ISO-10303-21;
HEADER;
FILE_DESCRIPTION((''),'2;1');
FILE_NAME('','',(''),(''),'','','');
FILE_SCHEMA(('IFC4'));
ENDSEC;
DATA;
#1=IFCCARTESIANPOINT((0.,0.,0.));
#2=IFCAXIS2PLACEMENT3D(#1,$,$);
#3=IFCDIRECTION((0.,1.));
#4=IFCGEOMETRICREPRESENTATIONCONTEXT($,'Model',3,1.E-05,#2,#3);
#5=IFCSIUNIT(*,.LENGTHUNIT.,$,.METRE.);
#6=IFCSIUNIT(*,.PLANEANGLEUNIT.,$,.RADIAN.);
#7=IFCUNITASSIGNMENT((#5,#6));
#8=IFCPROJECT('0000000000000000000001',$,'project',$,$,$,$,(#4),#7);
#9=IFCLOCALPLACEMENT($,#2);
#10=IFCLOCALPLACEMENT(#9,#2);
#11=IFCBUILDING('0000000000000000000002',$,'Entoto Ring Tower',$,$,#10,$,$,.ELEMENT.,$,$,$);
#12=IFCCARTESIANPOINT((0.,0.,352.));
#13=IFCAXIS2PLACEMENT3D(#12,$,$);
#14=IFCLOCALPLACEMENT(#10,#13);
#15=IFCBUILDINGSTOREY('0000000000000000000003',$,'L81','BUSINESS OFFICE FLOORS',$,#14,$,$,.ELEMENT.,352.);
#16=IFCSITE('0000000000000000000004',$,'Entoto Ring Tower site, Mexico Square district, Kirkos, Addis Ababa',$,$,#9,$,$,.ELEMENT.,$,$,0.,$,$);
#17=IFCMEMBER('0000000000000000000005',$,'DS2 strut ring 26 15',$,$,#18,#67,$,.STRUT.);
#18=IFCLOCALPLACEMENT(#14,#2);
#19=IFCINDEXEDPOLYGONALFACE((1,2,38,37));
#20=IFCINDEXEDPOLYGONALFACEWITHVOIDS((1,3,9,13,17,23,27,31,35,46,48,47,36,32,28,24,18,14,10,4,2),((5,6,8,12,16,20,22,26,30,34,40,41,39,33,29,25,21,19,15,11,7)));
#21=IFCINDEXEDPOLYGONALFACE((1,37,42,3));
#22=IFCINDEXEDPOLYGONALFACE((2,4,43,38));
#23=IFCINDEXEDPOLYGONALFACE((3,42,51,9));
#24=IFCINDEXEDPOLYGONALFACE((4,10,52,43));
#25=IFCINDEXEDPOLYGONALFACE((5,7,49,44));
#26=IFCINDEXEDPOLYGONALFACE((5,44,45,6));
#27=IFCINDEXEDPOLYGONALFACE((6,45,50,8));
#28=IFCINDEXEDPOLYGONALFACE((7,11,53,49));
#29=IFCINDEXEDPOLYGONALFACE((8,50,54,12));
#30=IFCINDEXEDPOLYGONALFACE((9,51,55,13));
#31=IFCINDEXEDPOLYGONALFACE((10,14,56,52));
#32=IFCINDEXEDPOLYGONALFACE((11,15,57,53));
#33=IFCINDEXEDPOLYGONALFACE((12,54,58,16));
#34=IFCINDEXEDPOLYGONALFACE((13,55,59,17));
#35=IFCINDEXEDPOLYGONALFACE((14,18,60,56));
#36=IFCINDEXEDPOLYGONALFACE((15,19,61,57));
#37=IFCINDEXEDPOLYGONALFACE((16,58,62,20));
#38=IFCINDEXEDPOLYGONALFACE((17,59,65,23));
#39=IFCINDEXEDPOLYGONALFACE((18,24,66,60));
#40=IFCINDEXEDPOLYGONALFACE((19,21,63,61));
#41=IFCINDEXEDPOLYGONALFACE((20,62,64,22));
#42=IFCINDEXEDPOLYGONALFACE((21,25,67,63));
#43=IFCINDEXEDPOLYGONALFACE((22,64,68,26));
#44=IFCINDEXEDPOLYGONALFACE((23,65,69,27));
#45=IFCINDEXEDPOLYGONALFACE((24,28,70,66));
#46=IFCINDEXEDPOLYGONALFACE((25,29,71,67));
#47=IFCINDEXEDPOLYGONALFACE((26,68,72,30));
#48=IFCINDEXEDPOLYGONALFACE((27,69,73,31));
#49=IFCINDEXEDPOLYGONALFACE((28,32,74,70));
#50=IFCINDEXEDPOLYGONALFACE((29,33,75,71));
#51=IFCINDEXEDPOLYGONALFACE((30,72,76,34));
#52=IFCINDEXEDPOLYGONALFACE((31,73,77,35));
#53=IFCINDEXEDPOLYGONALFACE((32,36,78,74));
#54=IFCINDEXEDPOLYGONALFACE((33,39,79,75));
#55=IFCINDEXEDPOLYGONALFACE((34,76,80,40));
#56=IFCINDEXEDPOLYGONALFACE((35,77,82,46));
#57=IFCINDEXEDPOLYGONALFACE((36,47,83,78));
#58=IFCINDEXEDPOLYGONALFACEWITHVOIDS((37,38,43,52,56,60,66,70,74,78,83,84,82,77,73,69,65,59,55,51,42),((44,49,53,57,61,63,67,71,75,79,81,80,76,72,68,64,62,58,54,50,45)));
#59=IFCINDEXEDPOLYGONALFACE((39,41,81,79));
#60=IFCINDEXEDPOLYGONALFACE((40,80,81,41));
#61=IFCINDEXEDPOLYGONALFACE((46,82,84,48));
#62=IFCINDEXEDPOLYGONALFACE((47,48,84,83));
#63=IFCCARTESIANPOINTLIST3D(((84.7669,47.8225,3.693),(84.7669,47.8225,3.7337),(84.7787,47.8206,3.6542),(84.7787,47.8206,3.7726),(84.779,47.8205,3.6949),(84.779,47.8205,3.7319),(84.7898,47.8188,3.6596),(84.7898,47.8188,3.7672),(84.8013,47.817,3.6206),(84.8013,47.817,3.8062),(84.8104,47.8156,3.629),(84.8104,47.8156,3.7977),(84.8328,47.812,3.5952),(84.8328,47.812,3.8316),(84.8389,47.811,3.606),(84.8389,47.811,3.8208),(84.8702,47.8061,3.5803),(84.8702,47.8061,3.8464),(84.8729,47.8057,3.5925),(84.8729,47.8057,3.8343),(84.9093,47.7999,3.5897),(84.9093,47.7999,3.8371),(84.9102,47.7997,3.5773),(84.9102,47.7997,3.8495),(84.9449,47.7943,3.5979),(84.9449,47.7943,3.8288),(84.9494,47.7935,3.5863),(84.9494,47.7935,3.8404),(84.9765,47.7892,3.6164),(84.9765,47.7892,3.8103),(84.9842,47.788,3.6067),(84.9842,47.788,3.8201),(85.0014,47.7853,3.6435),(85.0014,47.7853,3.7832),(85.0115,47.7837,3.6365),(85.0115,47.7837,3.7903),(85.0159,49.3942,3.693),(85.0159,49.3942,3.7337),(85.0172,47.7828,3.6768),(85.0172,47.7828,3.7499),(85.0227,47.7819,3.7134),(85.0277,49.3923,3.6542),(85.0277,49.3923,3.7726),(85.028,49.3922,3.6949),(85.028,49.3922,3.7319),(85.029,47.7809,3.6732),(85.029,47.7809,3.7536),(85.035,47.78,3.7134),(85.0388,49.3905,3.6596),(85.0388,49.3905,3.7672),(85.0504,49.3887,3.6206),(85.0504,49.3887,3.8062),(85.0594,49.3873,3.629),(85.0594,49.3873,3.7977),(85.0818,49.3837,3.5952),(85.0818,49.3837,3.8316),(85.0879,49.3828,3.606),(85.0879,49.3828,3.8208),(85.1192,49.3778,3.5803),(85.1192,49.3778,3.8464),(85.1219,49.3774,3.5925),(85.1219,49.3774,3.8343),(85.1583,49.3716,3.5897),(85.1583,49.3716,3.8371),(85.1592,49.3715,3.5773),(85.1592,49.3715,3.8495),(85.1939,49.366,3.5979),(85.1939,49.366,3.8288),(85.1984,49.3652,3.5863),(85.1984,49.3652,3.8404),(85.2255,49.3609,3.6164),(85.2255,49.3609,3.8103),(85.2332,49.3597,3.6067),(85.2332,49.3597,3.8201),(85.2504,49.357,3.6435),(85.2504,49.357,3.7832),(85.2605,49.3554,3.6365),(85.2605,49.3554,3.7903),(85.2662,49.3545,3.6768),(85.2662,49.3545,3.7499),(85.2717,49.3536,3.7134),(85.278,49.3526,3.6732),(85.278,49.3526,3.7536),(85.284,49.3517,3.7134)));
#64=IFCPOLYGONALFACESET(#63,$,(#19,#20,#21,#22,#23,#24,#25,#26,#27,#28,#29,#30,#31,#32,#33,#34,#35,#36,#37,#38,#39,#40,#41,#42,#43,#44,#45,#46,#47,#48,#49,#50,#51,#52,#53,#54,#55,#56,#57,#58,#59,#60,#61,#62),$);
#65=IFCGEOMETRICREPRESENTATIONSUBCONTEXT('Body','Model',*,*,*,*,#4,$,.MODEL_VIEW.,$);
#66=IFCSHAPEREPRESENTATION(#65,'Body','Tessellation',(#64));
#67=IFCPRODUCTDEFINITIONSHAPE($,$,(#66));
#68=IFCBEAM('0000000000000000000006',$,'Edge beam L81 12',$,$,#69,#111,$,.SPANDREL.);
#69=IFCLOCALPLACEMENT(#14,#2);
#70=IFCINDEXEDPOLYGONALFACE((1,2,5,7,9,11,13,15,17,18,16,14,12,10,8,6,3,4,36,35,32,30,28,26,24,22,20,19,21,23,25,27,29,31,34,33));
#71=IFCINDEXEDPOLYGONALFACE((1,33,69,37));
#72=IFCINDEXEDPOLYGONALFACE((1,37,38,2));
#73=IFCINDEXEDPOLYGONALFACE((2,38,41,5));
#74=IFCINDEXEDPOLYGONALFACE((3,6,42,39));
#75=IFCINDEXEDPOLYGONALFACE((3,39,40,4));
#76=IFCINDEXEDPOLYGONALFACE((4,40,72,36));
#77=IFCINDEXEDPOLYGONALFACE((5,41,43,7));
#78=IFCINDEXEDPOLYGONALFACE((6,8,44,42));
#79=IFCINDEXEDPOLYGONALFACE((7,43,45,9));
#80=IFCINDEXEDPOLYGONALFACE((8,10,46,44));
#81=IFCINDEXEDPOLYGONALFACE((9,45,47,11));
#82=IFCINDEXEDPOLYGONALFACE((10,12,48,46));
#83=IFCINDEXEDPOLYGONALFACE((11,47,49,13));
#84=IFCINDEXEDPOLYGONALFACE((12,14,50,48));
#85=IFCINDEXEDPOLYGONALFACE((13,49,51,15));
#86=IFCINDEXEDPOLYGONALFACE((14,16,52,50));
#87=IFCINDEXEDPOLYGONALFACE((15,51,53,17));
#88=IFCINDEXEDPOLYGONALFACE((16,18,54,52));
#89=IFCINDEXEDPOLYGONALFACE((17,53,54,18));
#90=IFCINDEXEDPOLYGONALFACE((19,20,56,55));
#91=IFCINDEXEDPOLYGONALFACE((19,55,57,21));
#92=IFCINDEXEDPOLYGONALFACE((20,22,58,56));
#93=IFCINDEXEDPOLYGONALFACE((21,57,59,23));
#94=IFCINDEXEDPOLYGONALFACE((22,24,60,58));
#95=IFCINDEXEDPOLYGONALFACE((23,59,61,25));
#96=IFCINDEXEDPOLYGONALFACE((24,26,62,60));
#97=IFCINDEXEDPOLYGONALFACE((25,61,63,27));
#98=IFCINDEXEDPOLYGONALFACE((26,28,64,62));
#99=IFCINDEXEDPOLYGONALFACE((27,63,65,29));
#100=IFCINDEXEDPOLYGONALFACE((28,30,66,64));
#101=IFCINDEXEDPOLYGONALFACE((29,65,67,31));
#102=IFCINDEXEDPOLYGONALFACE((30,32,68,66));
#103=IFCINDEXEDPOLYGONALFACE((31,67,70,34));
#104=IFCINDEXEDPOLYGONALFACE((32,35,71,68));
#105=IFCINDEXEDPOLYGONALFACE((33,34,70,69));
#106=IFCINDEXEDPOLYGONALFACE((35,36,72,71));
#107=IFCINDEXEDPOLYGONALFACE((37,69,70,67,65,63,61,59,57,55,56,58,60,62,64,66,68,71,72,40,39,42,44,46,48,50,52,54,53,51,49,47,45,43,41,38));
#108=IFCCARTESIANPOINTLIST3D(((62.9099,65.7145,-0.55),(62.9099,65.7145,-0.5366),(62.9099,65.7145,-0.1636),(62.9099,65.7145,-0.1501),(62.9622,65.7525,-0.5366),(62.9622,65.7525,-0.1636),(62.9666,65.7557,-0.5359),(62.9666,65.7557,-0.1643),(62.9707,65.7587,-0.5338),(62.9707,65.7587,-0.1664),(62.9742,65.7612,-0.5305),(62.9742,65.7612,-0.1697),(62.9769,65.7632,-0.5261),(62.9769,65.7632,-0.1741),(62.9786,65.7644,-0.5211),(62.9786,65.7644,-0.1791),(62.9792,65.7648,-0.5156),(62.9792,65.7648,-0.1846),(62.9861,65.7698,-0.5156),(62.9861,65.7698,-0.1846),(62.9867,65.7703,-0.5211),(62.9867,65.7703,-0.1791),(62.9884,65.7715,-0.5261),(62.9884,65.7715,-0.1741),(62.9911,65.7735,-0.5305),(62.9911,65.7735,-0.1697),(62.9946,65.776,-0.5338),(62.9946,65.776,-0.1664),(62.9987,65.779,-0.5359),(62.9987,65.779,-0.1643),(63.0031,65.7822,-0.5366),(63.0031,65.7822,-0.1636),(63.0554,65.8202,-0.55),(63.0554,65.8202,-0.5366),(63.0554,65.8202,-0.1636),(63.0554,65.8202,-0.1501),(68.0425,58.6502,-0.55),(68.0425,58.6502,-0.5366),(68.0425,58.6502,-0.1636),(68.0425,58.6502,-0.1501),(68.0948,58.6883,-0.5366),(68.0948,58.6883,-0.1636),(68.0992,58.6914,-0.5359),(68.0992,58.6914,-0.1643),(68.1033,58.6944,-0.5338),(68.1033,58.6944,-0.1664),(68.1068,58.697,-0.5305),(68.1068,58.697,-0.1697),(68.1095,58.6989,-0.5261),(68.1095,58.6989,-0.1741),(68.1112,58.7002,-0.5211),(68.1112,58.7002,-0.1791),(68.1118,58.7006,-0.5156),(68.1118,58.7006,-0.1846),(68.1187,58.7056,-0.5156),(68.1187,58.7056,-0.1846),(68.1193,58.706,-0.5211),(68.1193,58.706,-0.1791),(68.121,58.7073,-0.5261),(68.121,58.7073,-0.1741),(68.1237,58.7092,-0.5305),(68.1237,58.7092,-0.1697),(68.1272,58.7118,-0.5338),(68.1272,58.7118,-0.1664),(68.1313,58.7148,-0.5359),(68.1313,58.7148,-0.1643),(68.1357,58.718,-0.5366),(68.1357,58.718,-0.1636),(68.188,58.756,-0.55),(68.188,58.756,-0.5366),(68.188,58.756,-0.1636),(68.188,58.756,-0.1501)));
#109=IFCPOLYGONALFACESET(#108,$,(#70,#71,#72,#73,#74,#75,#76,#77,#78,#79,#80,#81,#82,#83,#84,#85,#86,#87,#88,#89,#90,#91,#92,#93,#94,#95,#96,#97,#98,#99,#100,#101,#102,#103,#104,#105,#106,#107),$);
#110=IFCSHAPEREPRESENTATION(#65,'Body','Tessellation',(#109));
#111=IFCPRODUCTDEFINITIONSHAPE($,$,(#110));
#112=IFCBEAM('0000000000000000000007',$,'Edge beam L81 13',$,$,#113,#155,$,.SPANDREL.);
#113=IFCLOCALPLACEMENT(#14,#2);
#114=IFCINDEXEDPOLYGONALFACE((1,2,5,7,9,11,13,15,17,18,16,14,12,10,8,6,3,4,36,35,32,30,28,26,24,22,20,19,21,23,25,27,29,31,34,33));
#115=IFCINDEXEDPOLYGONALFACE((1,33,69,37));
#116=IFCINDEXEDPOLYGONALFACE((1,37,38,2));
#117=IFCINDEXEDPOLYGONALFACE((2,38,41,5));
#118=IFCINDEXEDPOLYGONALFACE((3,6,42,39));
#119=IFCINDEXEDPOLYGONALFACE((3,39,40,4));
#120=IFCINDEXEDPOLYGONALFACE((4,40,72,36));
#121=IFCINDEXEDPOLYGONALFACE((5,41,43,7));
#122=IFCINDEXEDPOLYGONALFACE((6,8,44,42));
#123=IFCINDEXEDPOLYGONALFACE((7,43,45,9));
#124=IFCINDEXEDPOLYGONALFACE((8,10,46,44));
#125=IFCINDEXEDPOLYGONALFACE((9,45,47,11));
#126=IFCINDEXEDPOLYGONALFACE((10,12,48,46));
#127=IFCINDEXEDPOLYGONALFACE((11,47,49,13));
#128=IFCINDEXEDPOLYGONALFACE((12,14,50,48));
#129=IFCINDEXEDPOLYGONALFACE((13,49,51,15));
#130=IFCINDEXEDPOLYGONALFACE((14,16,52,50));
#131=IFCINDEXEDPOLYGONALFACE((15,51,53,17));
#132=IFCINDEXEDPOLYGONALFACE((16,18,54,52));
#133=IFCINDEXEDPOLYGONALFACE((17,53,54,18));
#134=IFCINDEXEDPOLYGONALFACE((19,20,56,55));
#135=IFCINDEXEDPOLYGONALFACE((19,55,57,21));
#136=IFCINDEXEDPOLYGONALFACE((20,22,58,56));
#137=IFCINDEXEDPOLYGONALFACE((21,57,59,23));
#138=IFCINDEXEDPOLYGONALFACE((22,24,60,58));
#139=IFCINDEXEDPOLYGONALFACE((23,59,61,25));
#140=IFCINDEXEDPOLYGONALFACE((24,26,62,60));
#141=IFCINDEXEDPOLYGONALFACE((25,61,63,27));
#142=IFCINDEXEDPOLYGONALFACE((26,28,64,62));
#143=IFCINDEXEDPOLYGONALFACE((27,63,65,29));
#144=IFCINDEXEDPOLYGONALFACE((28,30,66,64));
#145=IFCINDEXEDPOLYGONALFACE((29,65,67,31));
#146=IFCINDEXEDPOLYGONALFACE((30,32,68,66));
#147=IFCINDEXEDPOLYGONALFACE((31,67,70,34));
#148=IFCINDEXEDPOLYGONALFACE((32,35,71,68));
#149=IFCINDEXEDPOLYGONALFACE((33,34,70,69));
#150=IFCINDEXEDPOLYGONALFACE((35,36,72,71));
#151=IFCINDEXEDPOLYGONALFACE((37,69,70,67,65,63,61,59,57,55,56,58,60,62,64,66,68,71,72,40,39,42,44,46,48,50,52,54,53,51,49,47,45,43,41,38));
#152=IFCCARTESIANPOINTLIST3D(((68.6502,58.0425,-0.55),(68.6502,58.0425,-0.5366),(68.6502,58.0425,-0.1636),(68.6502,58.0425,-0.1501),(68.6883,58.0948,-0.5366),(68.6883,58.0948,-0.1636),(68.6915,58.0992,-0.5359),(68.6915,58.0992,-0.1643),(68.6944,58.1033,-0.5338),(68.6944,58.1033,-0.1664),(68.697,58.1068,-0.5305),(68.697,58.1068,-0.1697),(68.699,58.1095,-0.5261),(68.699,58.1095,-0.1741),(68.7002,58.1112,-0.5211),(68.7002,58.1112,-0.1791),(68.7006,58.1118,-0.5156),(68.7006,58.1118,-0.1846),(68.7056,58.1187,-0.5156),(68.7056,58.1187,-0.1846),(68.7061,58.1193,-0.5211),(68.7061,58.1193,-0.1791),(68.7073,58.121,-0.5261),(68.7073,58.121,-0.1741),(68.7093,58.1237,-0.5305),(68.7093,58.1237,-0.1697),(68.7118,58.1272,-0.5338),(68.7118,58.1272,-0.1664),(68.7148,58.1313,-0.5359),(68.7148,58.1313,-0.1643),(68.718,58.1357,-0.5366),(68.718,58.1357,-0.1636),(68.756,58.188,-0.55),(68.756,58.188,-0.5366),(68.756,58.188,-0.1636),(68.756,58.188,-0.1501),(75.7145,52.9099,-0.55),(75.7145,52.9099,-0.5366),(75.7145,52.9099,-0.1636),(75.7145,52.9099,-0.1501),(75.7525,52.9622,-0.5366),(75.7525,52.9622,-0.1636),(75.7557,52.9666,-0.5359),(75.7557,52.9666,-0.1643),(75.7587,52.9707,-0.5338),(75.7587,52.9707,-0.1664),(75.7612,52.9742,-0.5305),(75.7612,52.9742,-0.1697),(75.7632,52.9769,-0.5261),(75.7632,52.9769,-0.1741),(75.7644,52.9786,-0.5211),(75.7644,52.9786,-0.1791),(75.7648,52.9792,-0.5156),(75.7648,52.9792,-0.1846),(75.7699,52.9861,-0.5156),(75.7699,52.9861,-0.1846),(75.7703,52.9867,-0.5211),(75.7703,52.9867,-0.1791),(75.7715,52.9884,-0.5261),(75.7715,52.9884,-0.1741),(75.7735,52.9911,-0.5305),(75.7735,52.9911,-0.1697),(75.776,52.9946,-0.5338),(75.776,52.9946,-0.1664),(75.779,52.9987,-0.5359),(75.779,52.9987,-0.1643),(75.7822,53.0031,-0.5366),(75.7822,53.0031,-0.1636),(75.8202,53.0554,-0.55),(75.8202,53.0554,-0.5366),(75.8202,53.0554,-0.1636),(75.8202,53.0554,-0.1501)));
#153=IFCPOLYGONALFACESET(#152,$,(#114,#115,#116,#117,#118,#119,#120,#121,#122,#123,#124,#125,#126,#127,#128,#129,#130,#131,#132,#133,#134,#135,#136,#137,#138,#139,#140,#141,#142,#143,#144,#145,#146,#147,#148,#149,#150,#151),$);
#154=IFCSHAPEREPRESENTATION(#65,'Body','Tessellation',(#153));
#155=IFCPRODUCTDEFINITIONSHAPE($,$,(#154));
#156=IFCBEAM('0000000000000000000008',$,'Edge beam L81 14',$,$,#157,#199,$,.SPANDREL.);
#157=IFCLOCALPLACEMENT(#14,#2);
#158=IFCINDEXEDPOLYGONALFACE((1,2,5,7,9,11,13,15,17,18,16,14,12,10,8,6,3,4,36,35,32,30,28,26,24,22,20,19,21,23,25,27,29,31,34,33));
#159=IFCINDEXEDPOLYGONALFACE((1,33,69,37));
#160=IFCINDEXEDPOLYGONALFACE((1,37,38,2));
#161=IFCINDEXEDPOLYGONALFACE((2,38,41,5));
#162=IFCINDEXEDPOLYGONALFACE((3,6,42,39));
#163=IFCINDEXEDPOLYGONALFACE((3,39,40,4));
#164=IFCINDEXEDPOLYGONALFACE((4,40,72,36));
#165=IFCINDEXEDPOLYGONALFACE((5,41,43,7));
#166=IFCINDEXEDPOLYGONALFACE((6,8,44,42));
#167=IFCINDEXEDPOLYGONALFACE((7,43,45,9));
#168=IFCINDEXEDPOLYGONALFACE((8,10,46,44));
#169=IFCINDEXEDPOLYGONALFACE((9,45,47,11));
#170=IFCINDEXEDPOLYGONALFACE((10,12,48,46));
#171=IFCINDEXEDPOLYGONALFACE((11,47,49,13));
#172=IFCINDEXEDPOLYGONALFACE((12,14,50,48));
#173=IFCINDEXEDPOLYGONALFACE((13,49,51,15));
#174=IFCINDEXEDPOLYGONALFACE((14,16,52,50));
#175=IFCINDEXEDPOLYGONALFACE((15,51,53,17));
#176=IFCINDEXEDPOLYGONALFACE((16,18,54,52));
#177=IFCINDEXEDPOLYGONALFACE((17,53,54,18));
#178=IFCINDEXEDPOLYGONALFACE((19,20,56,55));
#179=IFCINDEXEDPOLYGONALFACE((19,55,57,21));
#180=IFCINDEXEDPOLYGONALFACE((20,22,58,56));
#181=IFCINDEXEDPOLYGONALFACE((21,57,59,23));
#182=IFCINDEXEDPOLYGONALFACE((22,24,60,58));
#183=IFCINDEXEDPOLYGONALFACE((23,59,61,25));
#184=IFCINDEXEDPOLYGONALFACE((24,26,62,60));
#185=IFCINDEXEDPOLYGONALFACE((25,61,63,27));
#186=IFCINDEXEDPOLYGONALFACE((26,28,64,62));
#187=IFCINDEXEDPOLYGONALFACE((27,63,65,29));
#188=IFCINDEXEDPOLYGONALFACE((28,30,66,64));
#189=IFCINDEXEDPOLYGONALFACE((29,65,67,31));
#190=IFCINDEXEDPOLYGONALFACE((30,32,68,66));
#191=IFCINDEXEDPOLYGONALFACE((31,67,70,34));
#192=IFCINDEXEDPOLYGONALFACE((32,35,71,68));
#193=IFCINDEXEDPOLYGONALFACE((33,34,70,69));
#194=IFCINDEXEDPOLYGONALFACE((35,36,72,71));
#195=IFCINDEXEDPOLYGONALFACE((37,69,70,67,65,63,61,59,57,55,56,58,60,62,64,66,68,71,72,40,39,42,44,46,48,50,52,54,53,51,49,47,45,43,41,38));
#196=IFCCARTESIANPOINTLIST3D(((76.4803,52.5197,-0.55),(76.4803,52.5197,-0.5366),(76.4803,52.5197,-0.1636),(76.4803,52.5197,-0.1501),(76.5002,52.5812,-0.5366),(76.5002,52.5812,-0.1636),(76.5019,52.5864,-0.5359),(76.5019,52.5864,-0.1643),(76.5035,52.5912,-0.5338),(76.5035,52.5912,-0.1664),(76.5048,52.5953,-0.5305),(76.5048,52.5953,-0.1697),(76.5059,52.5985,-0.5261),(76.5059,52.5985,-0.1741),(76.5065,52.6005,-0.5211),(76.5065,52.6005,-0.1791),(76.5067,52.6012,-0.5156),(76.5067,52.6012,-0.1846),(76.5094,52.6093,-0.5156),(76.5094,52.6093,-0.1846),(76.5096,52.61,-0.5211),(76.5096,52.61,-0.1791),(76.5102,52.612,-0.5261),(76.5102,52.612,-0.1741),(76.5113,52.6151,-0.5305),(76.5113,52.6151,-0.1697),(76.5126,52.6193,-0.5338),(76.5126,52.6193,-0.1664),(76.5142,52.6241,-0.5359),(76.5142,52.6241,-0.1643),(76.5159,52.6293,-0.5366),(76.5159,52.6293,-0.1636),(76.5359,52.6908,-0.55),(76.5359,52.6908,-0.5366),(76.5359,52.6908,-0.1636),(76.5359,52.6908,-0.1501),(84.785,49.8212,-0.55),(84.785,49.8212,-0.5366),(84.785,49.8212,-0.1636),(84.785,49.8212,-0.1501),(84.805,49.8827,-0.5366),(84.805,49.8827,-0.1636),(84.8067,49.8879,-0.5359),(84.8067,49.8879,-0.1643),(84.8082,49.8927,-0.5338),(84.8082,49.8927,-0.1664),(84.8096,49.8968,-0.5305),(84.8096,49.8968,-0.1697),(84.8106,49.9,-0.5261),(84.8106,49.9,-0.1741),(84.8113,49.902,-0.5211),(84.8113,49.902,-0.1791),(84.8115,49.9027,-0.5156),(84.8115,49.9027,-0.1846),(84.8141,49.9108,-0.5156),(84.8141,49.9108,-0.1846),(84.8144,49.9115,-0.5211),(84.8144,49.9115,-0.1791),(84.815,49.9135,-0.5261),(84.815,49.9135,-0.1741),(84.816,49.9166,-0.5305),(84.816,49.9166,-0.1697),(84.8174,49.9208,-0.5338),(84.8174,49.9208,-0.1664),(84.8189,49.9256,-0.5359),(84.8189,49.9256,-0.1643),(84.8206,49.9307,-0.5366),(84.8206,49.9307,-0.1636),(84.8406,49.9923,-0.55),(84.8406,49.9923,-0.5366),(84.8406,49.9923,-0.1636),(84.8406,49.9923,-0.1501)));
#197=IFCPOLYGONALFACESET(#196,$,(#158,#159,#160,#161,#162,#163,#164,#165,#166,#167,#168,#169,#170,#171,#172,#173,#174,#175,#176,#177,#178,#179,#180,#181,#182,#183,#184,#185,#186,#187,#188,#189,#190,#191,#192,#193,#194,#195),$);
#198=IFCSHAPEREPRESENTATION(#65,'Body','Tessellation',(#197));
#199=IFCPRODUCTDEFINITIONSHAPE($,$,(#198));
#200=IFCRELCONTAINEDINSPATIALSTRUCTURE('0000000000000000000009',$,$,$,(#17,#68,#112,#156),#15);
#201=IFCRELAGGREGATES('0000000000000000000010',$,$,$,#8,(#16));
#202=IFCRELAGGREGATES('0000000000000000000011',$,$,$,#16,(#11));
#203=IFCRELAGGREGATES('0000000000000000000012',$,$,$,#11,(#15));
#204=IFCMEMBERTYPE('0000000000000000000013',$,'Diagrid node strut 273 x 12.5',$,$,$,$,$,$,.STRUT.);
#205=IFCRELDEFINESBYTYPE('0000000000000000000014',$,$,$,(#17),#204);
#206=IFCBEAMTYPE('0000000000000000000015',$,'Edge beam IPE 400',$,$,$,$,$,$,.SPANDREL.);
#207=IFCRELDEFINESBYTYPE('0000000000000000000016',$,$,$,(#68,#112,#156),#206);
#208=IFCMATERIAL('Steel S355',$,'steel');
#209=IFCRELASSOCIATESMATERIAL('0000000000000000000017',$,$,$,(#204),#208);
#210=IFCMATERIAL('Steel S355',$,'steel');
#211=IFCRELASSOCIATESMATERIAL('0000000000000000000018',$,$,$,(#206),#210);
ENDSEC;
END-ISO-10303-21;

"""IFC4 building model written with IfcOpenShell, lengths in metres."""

from ifc_helpers import new_model, si_unit, direction, frame, origin, origin_2d, place, context, subcontext, project, spatial, circle, hollow_circle, i_section, extrude, material, material_profile, profile_set, type_object, element, save


model = new_model("IFC4")

# Units and contexts
model_context = context("Model", 3, precision=1e-05, world=origin(), true_north=direction((0.0, 1.0)))
body_context = subcontext(model_context, "Body", "Model", "MODEL_VIEW")
ifc_project = project(units=[si_unit("LENGTHUNIT", "METRE"), si_unit("PLANEANGLEUNIT", "RADIAN")], contexts=[model_context])

# Site, building, storey
site_placement = place(None, origin())
site = spatial("IfcSite", under=ifc_project, at=site_placement, Name="Entoto Ring Tower site, Mexico Square district, Kirkos, Addis Ababa", CompositionType="ELEMENT", RefElevation=0.0)
building_placement = place(site_placement, origin())
building = spatial("IfcBuilding", under=site, at=building_placement, Name="Entoto Ring Tower", CompositionType="ELEMENT")
storey_placement = place(building_placement, frame((0.0, 0.0, 352.0)))
storey = spatial("IfcBuildingStorey", under=building, at=storey_placement, Name="L81", Description="BUSINESS OFFICE FLOORS", CompositionType="ELEMENT", Elevation=352.0)

# Member
ifc_material_1 = material(Name="Steel S355", Category="steel")
ifc_material_profile_1 = material_profile(ifc_material_1, hollow_circle(Radius=0.1365, WallThickness=0.0125, at=origin_2d()), Name="CHS 273 x 12.5")
ifc_material_2 = material(Name="Concrete C60/75", Category="concrete")
ifc_material_profile_2 = material_profile(ifc_material_2, circle(Radius=0.124, at=origin_2d()), Name="Concrete C60/75 infill")
ifc_profile_set_1 = profile_set([ifc_material_profile_1, ifc_material_profile_2], Name="Steel S355")
member_type = type_object("IfcMemberType", Name="Diagrid node strut 273 x 12.5", PredefinedType="STRUT", material=ifc_profile_set_1)
for number, where, z_axis, x_axis, name in (
    (1, (85.1492, 49.373, 3.7134), (-0.156483, -0.987681, 0.0), (0.987681, -0.156483, 0.0), "DS2 strut ring 26 15"),
):
    element("IfcMember", number, at=place(storey_placement, frame(where, z_axis=z_axis, x_axis=x_axis)), inside=storey, type_object=member_type, Name=name, PredefinedType="STRUT", context=body_context, shape_type="SweptSolid", body=[
        extrude(hollow_circle(Radius=0.1365, WallThickness=0.0125, at=origin_2d()), origin(), (0.0, 0.0, 1.0), 1.5913),
    ])

# Beams
ifc_material_3 = material(Name="Steel S355", Category="steel")
ifc_material_profile_3 = material_profile(ifc_material_3, i_section(OverallWidth=0.1799, OverallDepth=0.3999, WebThickness=0.0085, FlangeThickness=0.0134, FilletRadius=0.021, at=origin_2d()), Name="IPE 400")
ifc_profile_set_2 = profile_set([ifc_material_profile_3], Name="Steel S355")
beam_type_1 = type_object("IfcBeamType", Name="Edge beam IPE 400", PredefinedType="SPANDREL", material=ifc_profile_set_2)
for number, where, z_axis, x_axis, name in (
    (2, (62.9827, 65.7673, -0.3501), (0.587794, -0.80901, 0.0), (0.80901, 0.587794, 0.0), "Edge beam L81 12"),
    (3, (68.7031, 58.1152, -0.3501), (0.80901, -0.587794, 0.0), (0.587794, 0.80901, 0.0), "Edge beam L81 13"),
):
    element("IfcBeam", number, at=place(storey_placement, frame(where, z_axis=z_axis, x_axis=x_axis)), inside=storey, type_object=beam_type_1, Name=name, PredefinedType="SPANDREL", context=body_context, shape_type="SweptSolid", body=[
        extrude(i_section(OverallWidth=0.1799, OverallDepth=0.3999, WebThickness=0.0085, FlangeThickness=0.0134, FilletRadius=0.021, at=origin_2d()), origin(), (0.0, 0.0, 1.0), 8.7319),
    ])
beam_1_placement = place(storey_placement, frame((76.5081, 52.6052, -0.3501), z_axis=(0.951052, -0.30903, 0.0), x_axis=(0.30903, 0.951052, 0.0)))
element("IfcBeam", 4, at=beam_1_placement, inside=storey, type_object=beam_type_1, Name="Edge beam L81 14", PredefinedType="SPANDREL", context=body_context, shape_type="SweptSolid", body=[
    extrude(i_section(OverallWidth=0.1799, OverallDepth=0.3999, WebThickness=0.0085, FlangeThickness=0.0134, FilletRadius=0.021, at=origin_2d()), origin(), (0.0, 0.0, 1.0), 8.7322),
])

save(model, "model.ifc")
